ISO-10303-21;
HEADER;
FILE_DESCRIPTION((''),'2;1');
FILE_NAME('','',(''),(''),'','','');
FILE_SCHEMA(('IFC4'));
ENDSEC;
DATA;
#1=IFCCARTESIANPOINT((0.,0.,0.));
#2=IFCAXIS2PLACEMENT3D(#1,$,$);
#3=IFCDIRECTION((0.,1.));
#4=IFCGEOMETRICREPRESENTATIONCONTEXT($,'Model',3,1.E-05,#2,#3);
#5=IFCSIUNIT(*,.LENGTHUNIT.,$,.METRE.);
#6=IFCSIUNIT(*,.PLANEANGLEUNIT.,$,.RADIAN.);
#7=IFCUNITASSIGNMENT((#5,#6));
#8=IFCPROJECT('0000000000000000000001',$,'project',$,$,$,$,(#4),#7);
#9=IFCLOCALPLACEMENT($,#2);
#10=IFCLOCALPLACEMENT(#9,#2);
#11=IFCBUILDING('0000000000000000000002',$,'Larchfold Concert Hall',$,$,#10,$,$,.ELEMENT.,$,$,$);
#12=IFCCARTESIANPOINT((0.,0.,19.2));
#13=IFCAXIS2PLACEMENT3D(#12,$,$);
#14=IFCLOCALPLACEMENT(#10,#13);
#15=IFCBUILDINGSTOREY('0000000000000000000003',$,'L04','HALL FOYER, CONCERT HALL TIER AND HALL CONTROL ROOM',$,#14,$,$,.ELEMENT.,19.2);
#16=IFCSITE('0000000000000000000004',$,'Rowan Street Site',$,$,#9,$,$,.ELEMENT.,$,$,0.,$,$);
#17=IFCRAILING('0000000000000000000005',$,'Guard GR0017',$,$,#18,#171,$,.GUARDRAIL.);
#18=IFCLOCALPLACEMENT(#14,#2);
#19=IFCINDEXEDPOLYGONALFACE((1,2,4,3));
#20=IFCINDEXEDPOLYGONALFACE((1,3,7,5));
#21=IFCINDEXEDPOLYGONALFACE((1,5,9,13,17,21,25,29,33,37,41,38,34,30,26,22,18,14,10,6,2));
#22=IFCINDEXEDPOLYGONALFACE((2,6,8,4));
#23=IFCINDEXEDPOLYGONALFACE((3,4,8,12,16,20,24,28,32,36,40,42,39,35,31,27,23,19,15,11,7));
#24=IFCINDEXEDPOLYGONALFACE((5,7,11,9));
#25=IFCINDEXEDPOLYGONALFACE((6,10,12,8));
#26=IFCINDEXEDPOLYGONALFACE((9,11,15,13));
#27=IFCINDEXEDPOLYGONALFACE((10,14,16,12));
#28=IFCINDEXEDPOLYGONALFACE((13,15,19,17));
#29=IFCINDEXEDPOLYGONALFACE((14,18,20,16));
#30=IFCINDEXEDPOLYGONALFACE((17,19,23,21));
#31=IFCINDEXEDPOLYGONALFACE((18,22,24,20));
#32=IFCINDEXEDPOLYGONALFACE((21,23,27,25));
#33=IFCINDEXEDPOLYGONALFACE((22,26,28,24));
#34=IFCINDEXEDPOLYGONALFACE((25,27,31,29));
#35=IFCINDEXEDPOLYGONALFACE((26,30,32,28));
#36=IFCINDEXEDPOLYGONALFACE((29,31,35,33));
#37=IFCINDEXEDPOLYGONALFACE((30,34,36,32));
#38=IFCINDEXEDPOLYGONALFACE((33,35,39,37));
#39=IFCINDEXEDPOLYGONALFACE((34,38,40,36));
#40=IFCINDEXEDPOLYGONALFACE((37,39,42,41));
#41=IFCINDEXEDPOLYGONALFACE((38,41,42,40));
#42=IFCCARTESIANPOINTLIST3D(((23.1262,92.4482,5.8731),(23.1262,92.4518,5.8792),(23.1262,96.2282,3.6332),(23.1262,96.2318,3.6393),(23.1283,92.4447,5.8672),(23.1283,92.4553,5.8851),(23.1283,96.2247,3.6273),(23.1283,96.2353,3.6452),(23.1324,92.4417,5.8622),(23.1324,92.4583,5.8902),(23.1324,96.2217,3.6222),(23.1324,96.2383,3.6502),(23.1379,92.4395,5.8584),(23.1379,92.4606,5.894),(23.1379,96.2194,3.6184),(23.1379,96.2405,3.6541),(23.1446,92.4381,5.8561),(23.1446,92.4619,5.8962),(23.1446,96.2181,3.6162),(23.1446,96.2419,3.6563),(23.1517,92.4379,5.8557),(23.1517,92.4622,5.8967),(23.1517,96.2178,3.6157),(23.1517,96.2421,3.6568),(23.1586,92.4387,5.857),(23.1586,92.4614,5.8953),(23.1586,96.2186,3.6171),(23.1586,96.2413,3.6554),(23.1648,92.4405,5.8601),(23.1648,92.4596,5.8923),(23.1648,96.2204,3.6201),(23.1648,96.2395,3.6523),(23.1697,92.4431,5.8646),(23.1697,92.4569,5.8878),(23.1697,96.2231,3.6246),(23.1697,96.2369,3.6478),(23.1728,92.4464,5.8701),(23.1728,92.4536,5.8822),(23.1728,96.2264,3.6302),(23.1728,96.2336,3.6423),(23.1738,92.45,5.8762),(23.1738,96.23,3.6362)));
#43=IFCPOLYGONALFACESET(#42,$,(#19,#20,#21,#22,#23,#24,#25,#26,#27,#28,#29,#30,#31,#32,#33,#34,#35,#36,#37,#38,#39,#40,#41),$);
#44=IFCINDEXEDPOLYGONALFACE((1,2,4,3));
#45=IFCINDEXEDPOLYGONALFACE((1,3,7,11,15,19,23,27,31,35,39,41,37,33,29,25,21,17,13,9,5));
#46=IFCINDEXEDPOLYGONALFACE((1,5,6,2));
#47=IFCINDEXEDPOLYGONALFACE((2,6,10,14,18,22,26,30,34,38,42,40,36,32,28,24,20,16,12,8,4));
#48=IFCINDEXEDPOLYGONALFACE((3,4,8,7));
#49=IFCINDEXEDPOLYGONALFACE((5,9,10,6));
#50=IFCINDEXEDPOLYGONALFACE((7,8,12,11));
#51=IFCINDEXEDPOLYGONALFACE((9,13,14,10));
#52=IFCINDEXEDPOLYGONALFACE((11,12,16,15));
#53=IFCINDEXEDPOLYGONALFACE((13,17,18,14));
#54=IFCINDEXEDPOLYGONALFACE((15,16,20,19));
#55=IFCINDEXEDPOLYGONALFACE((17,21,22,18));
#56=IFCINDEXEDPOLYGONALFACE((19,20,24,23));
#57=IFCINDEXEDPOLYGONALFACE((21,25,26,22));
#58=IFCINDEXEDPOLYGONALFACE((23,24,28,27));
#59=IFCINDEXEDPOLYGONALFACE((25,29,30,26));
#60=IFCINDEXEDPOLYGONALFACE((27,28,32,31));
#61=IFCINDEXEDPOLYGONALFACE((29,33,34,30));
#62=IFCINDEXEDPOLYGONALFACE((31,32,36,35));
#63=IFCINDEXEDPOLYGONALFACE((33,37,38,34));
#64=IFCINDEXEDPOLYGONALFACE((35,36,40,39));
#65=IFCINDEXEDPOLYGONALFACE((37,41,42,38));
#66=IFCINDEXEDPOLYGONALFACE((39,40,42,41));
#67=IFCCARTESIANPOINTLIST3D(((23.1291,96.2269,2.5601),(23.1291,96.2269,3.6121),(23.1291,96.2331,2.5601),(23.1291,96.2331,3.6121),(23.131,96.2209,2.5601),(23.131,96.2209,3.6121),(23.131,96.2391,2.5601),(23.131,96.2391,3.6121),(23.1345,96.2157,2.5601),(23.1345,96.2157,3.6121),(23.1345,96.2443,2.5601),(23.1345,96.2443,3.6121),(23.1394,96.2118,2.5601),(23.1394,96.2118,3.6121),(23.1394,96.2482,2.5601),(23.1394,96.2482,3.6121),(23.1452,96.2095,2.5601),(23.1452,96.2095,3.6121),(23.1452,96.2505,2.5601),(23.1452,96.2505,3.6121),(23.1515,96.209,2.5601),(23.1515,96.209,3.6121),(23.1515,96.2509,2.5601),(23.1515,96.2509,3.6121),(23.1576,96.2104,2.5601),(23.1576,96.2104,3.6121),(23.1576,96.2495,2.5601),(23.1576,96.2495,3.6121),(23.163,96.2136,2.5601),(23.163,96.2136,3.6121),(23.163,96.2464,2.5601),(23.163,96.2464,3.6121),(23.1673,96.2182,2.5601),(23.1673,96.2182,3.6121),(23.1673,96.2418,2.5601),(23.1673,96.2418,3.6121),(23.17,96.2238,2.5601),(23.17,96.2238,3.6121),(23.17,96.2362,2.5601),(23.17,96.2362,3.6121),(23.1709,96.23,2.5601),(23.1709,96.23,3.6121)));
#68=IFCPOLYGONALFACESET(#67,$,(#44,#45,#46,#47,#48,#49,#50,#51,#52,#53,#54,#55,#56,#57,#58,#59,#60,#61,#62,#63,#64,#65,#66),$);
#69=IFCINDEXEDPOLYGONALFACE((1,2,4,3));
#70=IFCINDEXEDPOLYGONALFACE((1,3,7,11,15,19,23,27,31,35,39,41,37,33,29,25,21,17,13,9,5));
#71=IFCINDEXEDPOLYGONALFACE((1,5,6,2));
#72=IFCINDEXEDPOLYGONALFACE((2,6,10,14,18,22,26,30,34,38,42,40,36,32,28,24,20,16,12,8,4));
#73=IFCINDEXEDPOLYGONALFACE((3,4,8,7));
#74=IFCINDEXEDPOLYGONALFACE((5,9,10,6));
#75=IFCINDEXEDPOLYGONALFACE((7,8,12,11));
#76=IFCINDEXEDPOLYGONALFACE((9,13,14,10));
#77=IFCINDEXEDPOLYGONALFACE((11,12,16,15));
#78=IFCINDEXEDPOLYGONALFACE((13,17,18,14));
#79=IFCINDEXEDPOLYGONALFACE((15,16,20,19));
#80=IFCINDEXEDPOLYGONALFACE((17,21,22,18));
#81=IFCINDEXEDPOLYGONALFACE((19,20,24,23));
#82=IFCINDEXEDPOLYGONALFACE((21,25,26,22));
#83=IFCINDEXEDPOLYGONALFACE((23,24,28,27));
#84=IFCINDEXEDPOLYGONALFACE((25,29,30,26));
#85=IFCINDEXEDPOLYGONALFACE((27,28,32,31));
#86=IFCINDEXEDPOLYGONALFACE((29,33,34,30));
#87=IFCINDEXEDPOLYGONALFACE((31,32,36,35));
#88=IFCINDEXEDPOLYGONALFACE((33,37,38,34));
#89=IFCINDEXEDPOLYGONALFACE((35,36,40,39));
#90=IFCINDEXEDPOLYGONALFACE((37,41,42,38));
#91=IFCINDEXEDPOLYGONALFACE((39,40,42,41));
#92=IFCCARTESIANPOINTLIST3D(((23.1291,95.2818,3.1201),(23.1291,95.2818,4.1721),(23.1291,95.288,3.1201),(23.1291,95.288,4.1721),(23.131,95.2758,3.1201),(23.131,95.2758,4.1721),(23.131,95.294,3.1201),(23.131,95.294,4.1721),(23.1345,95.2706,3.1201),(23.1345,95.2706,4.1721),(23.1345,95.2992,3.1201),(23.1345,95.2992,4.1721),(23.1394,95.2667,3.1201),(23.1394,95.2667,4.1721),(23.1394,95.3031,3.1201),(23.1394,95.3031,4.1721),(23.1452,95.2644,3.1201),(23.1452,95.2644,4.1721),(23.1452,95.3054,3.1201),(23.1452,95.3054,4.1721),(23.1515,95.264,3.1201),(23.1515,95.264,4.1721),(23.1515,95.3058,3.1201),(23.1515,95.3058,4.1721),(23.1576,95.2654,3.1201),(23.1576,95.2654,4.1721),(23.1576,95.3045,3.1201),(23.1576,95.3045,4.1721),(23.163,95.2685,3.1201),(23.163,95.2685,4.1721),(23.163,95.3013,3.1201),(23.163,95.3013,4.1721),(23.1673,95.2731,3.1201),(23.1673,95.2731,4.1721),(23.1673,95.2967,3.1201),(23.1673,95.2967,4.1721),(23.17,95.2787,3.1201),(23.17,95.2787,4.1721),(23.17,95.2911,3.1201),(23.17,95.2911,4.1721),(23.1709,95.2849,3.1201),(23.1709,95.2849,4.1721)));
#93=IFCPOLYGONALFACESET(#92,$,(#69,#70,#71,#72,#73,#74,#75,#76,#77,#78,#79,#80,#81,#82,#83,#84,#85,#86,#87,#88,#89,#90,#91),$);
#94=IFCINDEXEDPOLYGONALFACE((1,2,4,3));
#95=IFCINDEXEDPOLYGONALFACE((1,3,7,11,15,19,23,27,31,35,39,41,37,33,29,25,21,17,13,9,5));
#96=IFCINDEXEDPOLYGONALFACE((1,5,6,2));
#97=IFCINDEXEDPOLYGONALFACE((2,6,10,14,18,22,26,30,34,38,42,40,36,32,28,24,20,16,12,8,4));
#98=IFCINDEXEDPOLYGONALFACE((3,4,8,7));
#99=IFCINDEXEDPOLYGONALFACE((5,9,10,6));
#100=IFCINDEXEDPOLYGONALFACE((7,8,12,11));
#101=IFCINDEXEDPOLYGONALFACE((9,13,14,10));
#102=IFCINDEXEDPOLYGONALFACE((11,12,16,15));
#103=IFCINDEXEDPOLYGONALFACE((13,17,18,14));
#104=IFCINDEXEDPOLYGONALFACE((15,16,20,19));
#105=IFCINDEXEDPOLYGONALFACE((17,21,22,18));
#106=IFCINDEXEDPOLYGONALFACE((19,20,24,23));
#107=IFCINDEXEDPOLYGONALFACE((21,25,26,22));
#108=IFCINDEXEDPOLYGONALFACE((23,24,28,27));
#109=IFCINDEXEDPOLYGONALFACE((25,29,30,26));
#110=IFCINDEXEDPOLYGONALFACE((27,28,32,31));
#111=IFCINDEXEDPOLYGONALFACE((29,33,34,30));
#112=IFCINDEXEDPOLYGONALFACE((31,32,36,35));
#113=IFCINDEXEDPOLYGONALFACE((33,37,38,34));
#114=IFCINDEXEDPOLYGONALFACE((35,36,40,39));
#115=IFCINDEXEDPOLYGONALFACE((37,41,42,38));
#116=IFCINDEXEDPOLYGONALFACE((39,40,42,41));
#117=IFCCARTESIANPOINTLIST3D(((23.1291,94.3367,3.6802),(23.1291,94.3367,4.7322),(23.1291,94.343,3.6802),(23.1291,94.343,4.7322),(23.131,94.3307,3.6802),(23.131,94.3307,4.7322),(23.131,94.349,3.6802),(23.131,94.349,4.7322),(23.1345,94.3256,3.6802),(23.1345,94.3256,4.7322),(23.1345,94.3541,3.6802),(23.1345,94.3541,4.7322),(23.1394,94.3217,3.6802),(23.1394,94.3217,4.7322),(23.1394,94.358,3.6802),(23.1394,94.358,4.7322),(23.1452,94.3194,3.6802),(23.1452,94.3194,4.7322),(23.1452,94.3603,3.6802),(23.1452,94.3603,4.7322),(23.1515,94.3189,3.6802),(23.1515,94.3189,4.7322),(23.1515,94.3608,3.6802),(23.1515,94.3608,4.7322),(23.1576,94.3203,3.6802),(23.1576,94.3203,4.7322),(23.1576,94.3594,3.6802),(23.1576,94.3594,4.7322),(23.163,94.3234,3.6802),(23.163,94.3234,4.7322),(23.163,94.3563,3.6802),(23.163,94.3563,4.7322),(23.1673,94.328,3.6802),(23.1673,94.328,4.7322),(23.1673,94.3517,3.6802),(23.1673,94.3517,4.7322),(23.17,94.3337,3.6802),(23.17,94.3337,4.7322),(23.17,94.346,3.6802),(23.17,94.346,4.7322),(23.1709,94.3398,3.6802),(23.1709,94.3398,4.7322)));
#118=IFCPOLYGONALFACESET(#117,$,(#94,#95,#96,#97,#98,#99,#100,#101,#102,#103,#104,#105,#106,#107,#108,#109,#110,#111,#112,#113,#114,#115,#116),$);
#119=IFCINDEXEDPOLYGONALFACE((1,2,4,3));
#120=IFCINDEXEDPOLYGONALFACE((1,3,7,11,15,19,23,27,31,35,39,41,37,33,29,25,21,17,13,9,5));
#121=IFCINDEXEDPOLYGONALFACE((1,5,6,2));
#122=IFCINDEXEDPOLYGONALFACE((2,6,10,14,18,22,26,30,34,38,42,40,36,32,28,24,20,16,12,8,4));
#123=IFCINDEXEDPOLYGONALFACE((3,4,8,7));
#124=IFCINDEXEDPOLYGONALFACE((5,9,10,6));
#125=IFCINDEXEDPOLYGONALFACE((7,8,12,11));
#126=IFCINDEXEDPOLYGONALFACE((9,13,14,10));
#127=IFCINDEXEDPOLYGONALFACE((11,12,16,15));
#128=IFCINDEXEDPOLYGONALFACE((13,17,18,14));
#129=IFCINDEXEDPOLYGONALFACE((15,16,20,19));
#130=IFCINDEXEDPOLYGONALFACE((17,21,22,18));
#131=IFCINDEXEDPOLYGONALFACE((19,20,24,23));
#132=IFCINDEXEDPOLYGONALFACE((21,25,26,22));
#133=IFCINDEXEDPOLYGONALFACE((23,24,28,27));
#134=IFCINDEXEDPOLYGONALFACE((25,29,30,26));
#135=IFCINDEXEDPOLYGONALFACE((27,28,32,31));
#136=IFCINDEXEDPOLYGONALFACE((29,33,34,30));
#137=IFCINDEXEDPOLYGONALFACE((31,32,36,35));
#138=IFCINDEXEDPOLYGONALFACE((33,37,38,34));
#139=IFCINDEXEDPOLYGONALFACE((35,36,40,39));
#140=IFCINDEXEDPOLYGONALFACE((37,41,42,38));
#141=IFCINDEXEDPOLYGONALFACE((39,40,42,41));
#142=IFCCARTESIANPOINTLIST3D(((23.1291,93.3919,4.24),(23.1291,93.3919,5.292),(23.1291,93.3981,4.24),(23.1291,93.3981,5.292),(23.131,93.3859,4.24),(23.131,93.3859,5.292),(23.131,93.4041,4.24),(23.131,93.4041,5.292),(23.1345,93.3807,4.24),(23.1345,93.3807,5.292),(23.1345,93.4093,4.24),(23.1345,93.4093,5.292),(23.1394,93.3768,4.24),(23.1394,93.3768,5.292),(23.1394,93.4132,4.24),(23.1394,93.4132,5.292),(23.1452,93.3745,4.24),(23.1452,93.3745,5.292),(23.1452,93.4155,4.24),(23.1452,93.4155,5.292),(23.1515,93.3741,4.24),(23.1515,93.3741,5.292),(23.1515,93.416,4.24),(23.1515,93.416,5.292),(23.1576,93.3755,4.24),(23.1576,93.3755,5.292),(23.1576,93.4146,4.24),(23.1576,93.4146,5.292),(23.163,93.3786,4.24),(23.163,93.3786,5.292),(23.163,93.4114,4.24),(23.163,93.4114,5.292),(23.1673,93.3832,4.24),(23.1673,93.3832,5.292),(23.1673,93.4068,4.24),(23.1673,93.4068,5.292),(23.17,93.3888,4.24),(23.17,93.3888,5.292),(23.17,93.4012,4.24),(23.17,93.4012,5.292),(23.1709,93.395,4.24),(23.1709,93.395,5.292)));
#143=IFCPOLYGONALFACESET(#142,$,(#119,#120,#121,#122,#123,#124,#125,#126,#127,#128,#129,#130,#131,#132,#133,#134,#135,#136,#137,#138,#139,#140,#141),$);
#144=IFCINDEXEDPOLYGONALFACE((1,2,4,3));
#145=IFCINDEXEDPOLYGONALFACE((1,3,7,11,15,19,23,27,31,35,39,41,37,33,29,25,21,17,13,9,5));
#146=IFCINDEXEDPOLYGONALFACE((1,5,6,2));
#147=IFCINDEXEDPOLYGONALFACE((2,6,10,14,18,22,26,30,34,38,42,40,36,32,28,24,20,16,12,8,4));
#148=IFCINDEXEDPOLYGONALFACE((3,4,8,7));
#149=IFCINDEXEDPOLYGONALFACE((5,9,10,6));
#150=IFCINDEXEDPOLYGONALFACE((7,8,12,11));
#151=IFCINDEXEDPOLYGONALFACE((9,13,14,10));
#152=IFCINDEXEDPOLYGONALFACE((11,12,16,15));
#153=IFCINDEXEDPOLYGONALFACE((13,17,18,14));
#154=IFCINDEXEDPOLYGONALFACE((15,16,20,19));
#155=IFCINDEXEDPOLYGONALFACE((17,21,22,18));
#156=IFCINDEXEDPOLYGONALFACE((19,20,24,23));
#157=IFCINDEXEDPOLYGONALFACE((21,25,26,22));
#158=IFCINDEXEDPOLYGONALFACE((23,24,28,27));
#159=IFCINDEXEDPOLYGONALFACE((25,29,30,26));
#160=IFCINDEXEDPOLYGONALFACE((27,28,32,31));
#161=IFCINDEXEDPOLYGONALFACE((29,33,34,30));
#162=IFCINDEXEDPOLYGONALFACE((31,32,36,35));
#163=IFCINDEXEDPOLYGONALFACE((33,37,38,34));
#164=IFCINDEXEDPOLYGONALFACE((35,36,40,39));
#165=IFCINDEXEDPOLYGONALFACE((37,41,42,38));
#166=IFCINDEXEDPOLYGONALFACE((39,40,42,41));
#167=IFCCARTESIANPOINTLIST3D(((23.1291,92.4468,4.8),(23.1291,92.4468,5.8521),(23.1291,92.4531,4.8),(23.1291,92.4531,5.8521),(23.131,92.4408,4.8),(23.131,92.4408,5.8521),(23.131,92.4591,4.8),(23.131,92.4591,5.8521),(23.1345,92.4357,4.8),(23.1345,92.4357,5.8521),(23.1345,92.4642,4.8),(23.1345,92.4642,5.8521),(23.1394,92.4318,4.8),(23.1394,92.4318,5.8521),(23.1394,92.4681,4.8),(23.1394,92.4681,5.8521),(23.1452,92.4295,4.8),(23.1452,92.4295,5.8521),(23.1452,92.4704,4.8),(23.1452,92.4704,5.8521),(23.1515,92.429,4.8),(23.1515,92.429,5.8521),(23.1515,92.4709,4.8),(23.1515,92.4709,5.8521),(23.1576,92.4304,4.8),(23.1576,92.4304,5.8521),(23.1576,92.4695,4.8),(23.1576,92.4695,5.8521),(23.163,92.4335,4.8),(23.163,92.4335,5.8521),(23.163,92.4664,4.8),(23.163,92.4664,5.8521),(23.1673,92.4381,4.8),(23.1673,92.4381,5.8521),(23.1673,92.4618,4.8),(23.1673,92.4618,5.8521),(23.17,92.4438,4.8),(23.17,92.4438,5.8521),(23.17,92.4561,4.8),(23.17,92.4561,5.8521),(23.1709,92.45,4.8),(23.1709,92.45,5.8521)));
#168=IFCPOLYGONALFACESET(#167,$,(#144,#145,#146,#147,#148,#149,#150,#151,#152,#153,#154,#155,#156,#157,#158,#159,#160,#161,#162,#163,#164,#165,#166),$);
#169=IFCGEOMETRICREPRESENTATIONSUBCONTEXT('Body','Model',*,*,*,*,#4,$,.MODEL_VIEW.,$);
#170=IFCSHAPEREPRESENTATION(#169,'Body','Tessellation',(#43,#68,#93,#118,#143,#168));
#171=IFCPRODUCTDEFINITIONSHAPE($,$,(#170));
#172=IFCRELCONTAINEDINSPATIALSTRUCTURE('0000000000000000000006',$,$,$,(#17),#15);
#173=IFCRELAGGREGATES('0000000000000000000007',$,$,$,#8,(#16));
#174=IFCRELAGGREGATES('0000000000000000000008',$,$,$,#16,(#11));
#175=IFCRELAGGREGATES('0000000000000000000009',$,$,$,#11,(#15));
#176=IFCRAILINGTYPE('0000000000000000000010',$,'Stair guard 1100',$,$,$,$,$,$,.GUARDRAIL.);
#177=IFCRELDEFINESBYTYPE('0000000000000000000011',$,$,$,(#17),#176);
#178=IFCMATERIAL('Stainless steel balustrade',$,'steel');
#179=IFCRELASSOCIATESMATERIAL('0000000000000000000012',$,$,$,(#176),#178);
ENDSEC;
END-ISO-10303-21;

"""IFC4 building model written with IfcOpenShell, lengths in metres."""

from ifc_helpers import new_model, si_unit, direction, frame, origin, origin_2d, place, context, subcontext, project, spatial, circle, extrude, material, type_object, element, save


model = new_model("IFC4")

# Units and contexts
model_context = context("Model", 3, precision=1e-05, world=origin(), true_north=direction((0.0, 1.0)))
body_context = subcontext(model_context, "Body", "Model", "MODEL_VIEW")
ifc_project = project(units=[si_unit("LENGTHUNIT", "METRE"), si_unit("PLANEANGLEUNIT", "RADIAN")], contexts=[model_context])

# Site, building, storey
site_placement = place(None, origin())
site = spatial("IfcSite", under=ifc_project, at=site_placement, Name="Rowan Street Site", CompositionType="ELEMENT", RefElevation=0.0)
building_placement = place(site_placement, origin())
building = spatial("IfcBuilding", under=site, at=building_placement, Name="Larchfold Concert Hall", CompositionType="ELEMENT")
storey_placement = place(building_placement, frame((0.0, 0.0, 19.2)))
storey = spatial("IfcBuildingStorey", under=building, at=storey_placement, Name="L04", Description="HALL FOYER, CONCERT HALL TIER AND HALL CONTROL ROOM", CompositionType="ELEMENT", Elevation=19.2)

# Railing
ifc_material_1 = material(Name="Stainless steel balustrade", Category="steel")
railing_type_1 = type_object("IfcRailingType", Name="Stair guard 1100", PredefinedType="GUARDRAIL", material=ifc_material_1)
railing_1_placement = place(storey_placement, frame((23.1499, 96.23, 2.5601)))
element("IfcRailing", 1, at=railing_1_placement, inside=storey, type_object=railing_type_1, Name="Guard GR0017", PredefinedType="GUARDRAIL", context=body_context, shape_type="SweptSolid", body=[
    extrude(circle(Radius=0.0239, at=origin_2d()), frame((0.0, 0.0, 1.0762), z_axis=(0.0, -0.860294, 0.509798), x_axis=(1.0, 0.0, 0.0)), (0.0, 0.0, 1.0), 4.3938),
    extrude(circle(Radius=0.021, at=origin_2d()), origin(), (0.0, 0.0, 1.0), 1.052),
    extrude(circle(Radius=0.021, at=origin_2d()), frame((0.0, -0.9451, 0.5601)), (0.0, 0.0, 1.0), 1.052),
    extrude(circle(Radius=0.021, at=origin_2d()), frame((0.0, -1.8901, 1.1201)), (0.0, 0.0, 1.0), 1.052),
    extrude(circle(Radius=0.021, at=origin_2d()), frame((0.0, -2.835, 1.6799)), (0.0, 0.0, 1.0), 1.052),
    extrude(circle(Radius=0.021, at=origin_2d()), frame((0.0, -3.78, 2.24)), (0.0, 0.0, 1.0), 1.052),
])

save(model, "model.ifc")
